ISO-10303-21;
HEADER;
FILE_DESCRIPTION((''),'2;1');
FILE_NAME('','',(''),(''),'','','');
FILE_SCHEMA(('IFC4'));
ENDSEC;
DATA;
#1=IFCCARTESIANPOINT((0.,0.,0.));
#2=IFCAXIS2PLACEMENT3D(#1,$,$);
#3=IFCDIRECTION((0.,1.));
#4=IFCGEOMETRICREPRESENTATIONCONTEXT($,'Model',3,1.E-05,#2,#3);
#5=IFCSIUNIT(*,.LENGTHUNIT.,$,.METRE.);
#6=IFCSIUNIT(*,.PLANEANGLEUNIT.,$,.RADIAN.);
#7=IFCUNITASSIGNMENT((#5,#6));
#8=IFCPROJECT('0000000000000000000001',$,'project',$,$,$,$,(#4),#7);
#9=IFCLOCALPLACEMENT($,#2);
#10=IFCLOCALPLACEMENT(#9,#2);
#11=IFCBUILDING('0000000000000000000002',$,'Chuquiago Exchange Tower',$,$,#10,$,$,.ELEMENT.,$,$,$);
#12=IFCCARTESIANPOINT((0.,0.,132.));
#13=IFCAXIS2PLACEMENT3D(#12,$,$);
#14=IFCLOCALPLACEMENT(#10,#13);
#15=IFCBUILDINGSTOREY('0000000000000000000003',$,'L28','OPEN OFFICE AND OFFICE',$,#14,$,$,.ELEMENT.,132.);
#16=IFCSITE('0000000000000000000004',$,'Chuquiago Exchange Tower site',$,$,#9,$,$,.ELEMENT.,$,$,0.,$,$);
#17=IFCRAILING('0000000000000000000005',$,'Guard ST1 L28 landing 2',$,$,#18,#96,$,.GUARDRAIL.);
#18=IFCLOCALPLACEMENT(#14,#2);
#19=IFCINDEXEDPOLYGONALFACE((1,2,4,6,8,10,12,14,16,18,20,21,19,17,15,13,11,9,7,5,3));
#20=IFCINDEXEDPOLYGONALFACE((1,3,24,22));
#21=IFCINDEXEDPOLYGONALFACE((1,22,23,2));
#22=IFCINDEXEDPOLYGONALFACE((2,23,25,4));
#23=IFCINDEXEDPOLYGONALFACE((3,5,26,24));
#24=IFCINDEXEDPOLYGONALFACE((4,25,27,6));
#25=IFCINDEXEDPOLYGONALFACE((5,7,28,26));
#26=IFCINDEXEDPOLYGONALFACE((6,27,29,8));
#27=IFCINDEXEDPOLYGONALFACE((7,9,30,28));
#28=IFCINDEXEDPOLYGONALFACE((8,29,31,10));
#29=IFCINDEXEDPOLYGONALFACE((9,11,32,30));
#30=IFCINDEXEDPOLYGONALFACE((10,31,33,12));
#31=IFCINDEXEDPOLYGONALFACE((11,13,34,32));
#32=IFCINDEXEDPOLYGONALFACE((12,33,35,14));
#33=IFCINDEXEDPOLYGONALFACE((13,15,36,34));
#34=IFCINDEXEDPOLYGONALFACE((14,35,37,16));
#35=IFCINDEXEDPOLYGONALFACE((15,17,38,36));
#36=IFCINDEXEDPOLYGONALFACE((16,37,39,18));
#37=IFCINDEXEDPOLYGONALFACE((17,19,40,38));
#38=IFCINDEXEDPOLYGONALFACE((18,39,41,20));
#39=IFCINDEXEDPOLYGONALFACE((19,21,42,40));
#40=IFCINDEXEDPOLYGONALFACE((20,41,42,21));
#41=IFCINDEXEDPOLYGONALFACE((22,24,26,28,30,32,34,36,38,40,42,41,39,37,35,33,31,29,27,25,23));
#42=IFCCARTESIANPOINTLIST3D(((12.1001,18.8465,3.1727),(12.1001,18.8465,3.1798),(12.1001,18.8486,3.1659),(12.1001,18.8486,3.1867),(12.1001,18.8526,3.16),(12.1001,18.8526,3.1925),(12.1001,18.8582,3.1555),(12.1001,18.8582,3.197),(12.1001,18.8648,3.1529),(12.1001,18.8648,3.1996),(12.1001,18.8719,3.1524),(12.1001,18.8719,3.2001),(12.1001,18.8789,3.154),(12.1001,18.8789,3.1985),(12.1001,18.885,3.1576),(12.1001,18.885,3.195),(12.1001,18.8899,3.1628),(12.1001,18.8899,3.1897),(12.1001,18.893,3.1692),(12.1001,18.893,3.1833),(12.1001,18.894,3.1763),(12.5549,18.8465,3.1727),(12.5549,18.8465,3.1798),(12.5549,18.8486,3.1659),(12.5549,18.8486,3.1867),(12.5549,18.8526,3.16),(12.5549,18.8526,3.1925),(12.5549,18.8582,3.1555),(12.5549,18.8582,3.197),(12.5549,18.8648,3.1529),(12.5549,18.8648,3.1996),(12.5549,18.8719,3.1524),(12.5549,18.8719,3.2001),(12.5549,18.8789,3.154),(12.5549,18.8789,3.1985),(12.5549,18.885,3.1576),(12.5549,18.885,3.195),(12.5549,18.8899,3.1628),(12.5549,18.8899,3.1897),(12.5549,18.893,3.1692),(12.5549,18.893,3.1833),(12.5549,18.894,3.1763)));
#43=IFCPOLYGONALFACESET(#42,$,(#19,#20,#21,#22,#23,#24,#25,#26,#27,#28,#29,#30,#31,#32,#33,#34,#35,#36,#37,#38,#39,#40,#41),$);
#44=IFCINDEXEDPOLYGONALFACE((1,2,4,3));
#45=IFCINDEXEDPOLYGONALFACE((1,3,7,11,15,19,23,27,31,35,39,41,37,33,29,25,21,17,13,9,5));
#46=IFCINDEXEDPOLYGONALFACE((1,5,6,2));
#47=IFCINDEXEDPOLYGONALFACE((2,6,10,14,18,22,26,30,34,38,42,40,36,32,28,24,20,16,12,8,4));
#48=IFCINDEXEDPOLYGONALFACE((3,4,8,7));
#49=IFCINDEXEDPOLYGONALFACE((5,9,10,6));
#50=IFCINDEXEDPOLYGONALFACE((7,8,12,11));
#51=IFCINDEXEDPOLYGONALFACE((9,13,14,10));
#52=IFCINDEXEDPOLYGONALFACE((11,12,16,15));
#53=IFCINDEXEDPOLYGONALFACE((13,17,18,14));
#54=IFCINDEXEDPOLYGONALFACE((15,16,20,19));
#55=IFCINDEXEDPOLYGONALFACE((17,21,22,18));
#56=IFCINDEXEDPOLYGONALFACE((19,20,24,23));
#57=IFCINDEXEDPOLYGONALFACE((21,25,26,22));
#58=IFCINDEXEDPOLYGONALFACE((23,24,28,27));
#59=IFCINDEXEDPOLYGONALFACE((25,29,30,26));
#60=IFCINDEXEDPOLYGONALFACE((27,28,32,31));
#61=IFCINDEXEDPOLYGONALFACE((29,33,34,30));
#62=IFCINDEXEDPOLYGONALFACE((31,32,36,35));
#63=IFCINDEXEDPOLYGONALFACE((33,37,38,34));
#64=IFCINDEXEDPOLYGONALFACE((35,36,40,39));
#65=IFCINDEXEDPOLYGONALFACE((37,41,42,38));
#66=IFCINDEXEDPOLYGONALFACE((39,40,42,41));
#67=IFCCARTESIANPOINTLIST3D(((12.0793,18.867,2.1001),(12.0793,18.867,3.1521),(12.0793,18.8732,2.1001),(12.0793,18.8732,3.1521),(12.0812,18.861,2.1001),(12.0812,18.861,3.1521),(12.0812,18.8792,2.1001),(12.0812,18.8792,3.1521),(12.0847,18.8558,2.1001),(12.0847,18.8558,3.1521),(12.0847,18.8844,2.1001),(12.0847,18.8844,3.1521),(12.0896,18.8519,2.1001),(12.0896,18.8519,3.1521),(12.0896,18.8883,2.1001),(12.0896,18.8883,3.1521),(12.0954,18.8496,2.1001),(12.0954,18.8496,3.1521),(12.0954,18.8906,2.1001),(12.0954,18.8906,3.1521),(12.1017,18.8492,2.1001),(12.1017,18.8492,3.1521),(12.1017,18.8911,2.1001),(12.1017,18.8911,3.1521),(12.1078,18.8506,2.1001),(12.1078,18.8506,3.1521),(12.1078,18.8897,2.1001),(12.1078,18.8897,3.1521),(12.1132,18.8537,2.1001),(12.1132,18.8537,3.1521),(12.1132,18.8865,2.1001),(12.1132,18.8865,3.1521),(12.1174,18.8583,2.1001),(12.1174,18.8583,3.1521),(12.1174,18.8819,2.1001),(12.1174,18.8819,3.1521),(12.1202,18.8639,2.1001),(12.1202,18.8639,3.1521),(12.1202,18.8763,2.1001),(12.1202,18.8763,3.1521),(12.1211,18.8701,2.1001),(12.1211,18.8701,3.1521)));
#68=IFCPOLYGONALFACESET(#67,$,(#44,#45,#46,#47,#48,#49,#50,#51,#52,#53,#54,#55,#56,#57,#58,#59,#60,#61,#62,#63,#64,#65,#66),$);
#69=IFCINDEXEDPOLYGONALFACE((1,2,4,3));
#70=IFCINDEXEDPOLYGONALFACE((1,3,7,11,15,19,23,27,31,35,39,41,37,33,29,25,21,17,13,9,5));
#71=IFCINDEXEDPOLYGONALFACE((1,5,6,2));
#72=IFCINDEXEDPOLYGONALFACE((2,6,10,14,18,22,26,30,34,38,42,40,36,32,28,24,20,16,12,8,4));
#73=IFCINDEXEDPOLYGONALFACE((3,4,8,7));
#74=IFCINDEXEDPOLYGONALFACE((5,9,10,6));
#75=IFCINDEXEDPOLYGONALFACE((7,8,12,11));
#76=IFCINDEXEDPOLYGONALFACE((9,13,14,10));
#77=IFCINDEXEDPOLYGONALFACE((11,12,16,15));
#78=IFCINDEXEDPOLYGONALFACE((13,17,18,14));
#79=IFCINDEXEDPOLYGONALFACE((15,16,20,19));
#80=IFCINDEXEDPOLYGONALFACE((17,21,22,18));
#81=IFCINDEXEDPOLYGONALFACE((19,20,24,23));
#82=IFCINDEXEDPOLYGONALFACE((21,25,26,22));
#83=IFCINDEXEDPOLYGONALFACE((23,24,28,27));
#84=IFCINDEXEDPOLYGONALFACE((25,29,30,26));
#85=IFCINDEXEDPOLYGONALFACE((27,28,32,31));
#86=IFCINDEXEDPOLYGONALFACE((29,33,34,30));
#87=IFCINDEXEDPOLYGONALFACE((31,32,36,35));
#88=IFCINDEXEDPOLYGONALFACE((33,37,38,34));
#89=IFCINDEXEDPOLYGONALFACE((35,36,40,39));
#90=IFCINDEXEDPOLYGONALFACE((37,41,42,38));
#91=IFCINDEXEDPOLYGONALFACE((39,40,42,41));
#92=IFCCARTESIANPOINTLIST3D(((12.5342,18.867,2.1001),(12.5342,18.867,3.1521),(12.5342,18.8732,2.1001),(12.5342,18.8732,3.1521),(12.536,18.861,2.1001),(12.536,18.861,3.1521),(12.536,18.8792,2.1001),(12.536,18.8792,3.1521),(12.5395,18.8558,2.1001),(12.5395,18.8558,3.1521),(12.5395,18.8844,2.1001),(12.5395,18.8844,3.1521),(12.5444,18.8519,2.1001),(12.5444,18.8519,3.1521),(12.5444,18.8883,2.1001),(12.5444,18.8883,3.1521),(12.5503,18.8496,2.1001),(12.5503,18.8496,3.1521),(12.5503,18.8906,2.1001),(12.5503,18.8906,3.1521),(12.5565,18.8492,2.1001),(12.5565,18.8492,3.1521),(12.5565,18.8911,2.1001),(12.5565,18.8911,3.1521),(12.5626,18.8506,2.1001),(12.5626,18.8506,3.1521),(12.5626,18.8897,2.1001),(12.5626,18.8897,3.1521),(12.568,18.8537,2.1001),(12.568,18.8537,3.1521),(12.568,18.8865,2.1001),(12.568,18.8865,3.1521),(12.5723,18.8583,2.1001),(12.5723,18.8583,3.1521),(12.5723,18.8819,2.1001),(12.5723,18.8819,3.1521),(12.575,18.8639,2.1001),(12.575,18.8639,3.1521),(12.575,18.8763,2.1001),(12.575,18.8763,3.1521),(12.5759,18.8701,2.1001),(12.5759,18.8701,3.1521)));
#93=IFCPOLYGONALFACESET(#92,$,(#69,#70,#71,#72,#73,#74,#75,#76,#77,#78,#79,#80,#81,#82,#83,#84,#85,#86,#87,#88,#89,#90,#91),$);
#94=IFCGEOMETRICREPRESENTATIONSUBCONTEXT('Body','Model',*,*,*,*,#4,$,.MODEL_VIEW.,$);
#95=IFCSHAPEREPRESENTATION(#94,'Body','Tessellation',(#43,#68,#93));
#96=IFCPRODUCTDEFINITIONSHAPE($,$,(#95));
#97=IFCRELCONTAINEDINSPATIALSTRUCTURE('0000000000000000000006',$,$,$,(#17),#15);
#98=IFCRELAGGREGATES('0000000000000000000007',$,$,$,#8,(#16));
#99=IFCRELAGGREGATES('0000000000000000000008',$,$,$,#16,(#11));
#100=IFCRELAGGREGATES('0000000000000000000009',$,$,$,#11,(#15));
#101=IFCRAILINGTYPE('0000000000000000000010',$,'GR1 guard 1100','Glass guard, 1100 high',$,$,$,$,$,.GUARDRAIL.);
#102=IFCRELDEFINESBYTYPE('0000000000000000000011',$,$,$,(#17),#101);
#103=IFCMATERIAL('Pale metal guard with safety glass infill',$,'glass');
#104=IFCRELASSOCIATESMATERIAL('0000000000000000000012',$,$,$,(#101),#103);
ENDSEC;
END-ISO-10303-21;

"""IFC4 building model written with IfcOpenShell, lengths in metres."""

from ifc_helpers import new_model, si_unit, direction, frame, origin, origin_2d, place, context, subcontext, project, spatial, circle, extrude, material, type_object, element, save


model = new_model("IFC4")

# Units and contexts
model_context = context("Model", 3, precision=1e-05, world=origin(), true_north=direction((0.0, 1.0)))
body_context = subcontext(model_context, "Body", "Model", "MODEL_VIEW")
ifc_project = project(units=[si_unit("LENGTHUNIT", "METRE"), si_unit("PLANEANGLEUNIT", "RADIAN")], contexts=[model_context])

# Site, building, storey
site_placement = place(None, origin())
site = spatial("IfcSite", under=ifc_project, at=site_placement, Name="Chuquiago Exchange Tower site", CompositionType="ELEMENT", RefElevation=0.0)
building_placement = place(site_placement, origin())
building = spatial("IfcBuilding", under=site, at=building_placement, Name="Chuquiago Exchange Tower", CompositionType="ELEMENT")
storey_placement = place(building_placement, frame((0.0, 0.0, 132.0)))
storey = spatial("IfcBuildingStorey", under=building, at=storey_placement, Name="L28", Description="OPEN OFFICE AND OFFICE", CompositionType="ELEMENT", Elevation=132.0)

# Railing
ifc_material_1 = material(Name="Pale metal guard with safety glass infill", Category="glass")
railing_type = type_object("IfcRailingType", Name="GR1 guard 1100", Description="Glass guard, 1100 high", PredefinedType="GUARDRAIL", material=ifc_material_1)
railing_placement = place(storey_placement, frame((12.1001, 18.8701, 2.1001)))
element("IfcRailing", 1, at=railing_placement, inside=storey, type_object=railing_type, Name="Guard ST1 L28 landing 2", PredefinedType="GUARDRAIL", context=body_context, shape_type="SweptSolid", body=[
    extrude(circle(Radius=0.0239, at=origin_2d()), frame((0.0, 0.0, 1.0762), z_axis=(1.0, 0.0, 0.0), x_axis=(0.0, 1.0, 0.0)), (0.0, 0.0, 1.0), 0.4548),
    extrude(circle(Radius=0.021, at=origin_2d()), origin(), (0.0, 0.0, 1.0), 1.052),
    extrude(circle(Radius=0.021, at=origin_2d()), frame((0.4548, 0.0, 0.0)), (0.0, 0.0, 1.0), 1.052),
])

save(model, "model.ifc")
